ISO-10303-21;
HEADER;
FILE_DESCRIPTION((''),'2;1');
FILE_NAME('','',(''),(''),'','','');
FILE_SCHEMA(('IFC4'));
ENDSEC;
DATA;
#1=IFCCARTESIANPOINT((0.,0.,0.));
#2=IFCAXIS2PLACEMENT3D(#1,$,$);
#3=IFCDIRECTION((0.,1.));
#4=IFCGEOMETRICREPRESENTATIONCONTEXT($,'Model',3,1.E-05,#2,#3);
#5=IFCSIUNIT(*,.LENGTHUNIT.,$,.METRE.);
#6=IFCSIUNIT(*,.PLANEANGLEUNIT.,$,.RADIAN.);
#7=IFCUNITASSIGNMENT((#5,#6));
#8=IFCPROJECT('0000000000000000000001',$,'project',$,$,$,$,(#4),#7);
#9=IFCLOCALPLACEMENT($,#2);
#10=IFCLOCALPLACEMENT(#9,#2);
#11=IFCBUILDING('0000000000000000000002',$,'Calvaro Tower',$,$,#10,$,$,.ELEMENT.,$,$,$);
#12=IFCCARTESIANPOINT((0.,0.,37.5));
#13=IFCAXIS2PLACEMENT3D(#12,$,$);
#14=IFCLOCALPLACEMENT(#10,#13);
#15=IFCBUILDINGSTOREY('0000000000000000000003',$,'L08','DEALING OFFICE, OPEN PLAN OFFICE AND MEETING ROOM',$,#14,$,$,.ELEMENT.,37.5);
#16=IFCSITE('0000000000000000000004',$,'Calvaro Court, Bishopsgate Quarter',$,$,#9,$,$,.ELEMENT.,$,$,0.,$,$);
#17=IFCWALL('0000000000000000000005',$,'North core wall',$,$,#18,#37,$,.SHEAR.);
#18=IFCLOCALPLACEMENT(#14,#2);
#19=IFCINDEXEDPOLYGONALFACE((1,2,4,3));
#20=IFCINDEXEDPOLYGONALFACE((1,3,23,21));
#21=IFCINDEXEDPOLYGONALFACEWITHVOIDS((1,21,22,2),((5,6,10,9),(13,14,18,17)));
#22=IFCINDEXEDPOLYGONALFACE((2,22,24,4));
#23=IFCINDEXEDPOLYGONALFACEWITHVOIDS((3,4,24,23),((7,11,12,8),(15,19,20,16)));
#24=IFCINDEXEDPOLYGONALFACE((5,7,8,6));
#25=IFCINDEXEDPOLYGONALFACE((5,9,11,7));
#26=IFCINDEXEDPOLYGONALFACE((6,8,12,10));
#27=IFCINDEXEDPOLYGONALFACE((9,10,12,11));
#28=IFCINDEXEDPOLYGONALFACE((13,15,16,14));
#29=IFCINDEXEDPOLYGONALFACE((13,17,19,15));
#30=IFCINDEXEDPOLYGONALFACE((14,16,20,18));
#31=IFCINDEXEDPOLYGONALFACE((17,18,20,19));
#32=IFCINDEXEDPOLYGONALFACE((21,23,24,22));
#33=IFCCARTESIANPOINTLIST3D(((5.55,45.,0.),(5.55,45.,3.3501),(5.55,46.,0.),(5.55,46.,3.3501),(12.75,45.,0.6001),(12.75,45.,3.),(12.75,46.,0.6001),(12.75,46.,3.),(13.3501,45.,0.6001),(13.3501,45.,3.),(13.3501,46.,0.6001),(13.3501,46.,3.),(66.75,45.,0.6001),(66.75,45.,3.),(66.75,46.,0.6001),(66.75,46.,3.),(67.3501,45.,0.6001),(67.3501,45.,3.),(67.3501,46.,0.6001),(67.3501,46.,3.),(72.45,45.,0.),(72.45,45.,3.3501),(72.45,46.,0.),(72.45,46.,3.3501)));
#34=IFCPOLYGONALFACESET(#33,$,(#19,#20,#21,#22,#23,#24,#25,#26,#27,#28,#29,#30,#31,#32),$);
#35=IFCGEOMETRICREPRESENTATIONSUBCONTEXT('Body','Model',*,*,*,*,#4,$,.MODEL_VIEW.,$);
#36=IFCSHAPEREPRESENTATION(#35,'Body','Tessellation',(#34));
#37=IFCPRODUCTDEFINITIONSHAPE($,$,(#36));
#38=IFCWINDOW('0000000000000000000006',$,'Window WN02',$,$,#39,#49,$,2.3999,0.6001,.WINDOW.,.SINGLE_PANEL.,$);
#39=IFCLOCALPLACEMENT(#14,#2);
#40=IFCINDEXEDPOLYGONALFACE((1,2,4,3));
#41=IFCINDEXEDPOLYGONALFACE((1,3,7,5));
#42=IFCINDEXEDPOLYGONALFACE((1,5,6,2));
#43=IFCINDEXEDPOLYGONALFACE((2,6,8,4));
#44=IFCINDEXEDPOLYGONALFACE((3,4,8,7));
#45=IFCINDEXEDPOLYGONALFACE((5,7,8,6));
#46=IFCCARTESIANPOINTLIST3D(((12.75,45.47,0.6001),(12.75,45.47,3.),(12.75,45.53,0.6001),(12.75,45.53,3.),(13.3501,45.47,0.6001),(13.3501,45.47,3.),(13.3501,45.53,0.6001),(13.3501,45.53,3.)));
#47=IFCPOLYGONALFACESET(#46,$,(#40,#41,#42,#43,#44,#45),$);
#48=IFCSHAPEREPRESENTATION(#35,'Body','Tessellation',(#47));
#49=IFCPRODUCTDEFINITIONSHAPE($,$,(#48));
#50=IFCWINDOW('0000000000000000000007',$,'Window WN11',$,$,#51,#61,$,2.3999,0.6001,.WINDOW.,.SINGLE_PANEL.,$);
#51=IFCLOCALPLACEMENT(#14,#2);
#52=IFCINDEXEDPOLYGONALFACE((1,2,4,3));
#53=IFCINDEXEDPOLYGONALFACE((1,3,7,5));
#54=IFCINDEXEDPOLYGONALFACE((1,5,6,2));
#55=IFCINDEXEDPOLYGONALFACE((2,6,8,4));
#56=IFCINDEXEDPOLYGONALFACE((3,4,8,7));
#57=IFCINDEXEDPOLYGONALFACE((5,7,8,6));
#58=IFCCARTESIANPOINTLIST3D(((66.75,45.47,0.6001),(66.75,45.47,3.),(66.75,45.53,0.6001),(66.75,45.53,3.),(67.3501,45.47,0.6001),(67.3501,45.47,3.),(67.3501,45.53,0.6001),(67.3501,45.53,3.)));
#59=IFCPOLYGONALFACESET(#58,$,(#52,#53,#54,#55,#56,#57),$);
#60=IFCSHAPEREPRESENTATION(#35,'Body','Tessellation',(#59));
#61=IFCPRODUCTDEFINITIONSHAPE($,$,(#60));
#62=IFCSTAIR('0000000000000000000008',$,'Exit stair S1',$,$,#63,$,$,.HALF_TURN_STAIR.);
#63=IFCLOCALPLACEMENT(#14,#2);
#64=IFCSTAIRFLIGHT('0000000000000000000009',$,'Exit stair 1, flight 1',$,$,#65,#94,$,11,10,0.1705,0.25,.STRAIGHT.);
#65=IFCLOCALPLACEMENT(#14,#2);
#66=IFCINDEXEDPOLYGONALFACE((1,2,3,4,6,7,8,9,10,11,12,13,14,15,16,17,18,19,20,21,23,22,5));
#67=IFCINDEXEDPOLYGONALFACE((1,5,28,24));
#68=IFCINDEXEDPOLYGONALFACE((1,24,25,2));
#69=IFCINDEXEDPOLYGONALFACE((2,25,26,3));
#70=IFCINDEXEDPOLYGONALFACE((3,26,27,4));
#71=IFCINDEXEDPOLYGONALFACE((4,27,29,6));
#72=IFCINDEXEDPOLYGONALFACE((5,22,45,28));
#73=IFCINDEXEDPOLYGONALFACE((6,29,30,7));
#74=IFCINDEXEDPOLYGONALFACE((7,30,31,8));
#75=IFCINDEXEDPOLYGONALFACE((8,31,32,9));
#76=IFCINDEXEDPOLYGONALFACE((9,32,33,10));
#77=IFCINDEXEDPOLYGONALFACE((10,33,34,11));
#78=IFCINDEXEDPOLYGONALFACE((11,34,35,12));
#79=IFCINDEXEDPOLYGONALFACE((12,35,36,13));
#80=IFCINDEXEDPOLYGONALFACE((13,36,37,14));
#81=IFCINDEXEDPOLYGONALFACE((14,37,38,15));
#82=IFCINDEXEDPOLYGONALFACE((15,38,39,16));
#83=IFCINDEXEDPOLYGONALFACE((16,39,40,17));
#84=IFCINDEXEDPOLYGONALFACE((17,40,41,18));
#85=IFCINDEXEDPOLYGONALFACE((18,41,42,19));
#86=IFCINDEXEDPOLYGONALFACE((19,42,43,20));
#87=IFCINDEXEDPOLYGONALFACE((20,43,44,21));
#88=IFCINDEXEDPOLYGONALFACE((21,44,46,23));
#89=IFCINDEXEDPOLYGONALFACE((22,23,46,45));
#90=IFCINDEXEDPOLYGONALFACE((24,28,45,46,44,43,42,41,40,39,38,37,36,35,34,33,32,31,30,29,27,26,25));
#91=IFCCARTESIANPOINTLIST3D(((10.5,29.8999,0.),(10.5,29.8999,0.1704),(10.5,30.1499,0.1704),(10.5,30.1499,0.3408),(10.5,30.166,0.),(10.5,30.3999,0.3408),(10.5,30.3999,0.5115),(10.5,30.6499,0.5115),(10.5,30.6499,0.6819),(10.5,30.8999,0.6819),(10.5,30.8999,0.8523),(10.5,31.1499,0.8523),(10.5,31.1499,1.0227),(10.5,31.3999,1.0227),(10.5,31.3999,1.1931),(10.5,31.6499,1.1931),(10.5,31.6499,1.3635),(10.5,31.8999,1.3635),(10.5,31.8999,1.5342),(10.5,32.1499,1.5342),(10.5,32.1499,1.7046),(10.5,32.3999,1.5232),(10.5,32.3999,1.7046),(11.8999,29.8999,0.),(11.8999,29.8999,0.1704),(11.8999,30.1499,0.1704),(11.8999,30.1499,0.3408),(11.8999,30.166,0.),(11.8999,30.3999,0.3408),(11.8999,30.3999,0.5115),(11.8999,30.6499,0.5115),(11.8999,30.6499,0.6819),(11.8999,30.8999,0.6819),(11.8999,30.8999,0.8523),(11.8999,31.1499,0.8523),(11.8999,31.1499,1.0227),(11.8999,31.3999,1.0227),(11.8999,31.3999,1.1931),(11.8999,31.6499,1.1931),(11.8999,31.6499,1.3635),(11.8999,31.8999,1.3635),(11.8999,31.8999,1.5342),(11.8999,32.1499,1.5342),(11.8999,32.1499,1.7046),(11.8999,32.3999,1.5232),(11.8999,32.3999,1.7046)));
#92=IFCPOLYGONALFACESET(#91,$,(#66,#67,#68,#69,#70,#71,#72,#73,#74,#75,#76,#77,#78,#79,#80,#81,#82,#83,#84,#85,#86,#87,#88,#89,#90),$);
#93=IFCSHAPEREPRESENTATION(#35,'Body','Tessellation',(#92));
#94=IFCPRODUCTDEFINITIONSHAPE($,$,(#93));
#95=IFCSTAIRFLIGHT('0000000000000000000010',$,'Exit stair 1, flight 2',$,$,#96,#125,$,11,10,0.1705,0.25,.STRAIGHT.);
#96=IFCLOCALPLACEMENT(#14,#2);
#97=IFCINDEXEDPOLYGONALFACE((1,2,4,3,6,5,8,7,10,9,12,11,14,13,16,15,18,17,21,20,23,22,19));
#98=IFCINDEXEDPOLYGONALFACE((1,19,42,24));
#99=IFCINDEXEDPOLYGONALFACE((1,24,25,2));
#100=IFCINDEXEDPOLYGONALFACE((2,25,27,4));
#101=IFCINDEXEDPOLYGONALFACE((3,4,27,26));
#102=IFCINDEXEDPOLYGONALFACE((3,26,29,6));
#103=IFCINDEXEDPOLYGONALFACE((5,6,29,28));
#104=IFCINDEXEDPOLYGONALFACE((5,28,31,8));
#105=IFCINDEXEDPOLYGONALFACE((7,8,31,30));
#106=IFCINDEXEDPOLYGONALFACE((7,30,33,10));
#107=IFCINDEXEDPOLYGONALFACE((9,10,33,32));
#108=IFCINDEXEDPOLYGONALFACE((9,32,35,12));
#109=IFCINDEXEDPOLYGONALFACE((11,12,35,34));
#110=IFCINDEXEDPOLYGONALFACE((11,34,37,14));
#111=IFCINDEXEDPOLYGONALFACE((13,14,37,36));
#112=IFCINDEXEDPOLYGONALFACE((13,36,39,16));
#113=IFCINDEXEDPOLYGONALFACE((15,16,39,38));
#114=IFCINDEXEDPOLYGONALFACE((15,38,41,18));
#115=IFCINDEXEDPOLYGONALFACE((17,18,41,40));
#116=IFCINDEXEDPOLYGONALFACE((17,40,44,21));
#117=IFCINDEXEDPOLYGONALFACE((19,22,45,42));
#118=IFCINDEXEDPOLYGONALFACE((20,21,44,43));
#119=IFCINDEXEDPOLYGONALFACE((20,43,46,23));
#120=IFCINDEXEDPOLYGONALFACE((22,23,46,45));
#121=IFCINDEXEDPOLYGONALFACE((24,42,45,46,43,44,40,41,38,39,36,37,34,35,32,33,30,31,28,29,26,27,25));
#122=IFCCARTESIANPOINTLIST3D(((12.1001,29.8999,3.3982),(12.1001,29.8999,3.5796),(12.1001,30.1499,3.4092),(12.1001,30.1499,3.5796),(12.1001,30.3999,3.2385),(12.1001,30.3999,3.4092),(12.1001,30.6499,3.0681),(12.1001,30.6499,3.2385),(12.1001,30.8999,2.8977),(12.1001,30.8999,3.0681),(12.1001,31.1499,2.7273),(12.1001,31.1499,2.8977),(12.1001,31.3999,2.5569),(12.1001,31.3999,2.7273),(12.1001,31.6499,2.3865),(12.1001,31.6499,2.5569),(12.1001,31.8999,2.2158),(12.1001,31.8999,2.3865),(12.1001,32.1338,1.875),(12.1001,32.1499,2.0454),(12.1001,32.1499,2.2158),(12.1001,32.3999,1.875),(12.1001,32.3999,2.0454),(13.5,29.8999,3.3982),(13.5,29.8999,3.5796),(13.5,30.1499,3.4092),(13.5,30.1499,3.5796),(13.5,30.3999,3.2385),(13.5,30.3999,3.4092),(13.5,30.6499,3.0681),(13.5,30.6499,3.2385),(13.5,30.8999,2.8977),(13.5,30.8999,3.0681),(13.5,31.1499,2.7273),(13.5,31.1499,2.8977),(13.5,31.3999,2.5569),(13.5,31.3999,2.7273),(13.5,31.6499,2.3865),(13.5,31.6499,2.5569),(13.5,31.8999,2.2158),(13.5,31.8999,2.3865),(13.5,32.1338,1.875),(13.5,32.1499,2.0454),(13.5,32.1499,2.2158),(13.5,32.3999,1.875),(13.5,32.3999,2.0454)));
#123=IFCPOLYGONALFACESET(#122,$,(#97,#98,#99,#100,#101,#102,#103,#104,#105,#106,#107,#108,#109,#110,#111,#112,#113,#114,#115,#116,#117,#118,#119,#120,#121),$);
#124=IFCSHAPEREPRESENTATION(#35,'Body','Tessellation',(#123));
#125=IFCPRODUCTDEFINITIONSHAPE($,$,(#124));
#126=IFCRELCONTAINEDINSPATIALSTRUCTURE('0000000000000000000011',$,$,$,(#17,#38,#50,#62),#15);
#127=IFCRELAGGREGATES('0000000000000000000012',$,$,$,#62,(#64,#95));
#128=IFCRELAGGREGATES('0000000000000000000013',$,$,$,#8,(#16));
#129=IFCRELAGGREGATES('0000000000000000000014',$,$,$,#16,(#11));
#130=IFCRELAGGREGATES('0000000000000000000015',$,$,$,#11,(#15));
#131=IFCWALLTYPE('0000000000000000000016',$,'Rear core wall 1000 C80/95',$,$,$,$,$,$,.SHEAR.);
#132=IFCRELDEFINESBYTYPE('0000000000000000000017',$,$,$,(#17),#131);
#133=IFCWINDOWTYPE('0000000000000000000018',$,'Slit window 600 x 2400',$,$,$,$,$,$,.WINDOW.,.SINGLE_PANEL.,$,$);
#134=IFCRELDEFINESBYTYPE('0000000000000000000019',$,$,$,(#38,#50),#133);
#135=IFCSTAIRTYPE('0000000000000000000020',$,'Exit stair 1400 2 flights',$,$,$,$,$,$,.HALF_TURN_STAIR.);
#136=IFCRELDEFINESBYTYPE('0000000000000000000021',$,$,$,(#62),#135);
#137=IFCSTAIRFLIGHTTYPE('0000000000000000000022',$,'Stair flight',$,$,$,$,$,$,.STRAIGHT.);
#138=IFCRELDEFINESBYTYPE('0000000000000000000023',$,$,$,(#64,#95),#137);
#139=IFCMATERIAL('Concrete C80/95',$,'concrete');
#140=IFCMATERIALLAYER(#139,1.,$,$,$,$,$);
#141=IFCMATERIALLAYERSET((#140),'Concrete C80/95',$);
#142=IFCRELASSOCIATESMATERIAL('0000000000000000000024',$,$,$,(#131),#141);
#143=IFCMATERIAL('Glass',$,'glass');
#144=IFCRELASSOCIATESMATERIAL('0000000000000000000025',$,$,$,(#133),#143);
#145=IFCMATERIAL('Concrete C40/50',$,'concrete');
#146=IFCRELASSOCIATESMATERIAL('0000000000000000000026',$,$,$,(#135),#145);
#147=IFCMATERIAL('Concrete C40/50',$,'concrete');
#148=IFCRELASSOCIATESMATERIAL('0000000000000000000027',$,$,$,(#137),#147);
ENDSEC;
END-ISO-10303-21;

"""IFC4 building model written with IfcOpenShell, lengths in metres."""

from ifc_helpers import new_model, si_unit, direction, frame, frame_2d, origin, place, context, subcontext, project, spatial, polyline, rectangle, outline, extrude, material, layer, layer_set, type_object, element, fill, aggregate, save


model = new_model("IFC4")

# Units and contexts
model_context = context("Model", 3, precision=1e-05, world=origin(), true_north=direction((0.0, 1.0)))
body_context = subcontext(model_context, "Body", "Model", "MODEL_VIEW")
ifc_project = project(units=[si_unit("LENGTHUNIT", "METRE"), si_unit("PLANEANGLEUNIT", "RADIAN")], contexts=[model_context])

# Site, building, storey
site_placement = place(None, origin())
site = spatial("IfcSite", under=ifc_project, at=site_placement, Name="Calvaro Court, Bishopsgate Quarter", CompositionType="ELEMENT", RefElevation=0.0)
building_placement = place(site_placement, origin())
building = spatial("IfcBuilding", under=site, at=building_placement, Name="Calvaro Tower", CompositionType="ELEMENT")
storey_placement = place(building_placement, frame((0.0, 0.0, 37.5)))
storey = spatial("IfcBuildingStorey", under=building, at=storey_placement, Name="L08", Description="DEALING OFFICE, OPEN PLAN OFFICE AND MEETING ROOM", CompositionType="ELEMENT", Elevation=37.5)

# Wall, openings, windows
ifc_material_1 = material(Name="Concrete C80/95", Category="concrete")
ifc_layer_1 = layer(ifc_material_1, 1.0)
ifc_layer_set_1 = layer_set([ifc_layer_1], Name="Concrete C80/95")
wall_type_1 = type_object("IfcWallType", Name="Rear core wall 1000 C80/95", PredefinedType="SHEAR", material=ifc_layer_set_1)
wall_1_placement = place(storey_placement, frame((5.55, 45.5, 0.0), z_axis=(0.0, 0.0, 1.0), x_axis=(1.0, 0.0, 0.0)))
wall_1 = element("IfcWall", 1, at=wall_1_placement, inside=storey, type_object=wall_type_1, Name="North core wall", PredefinedType="SHEAR", context=body_context, shape_type="SweptSolid", body=[
    extrude(rectangle(XDim=66.8999, YDim=1.0, at=frame_2d((33.45, 0.0))), origin(), (0.0, 0.0, 1.0), 3.3501),
])
opening_1_placement = place(wall_1_placement, frame((7.2, 0.0, 0.6001)))
opening_1 = element("IfcOpeningElement", 2, at=opening_1_placement, cuts=wall_1, PredefinedType="OPENING", context=body_context, shape_type="SweptSolid", body=[
    extrude(rectangle(XDim=0.6001, YDim=2.3999, at=frame_2d((0.3, 1.2))), frame((0.0, 0.51, 0.0), z_axis=(0.0, -1.0, 0.0), x_axis=(1.0, 0.0, 0.0)), (0.0, 0.0, 1.0), 1.02),
])
opening_2_placement = place(wall_1_placement, frame((61.2, 0.0, 0.6001)))
opening_2 = element("IfcOpeningElement", 3, at=opening_2_placement, cuts=wall_1, PredefinedType="OPENING", context=body_context, shape_type="SweptSolid", body=[
    extrude(rectangle(XDim=0.6001, YDim=2.3999, at=frame_2d((0.3, 1.2))), frame((0.0, 0.51, 0.0), z_axis=(0.0, -1.0, 0.0), x_axis=(1.0, 0.0, 0.0)), (0.0, 0.0, 1.0), 1.02),
])
ifc_material_2 = material(Name="Glass", Category="glass")
window_type = type_object("IfcWindowType", Name="Slit window 600 x 2400", PartitioningType="SINGLE_PANEL", PredefinedType="WINDOW", material=ifc_material_2)
window_1_placement = place(opening_1_placement, origin())
window_1 = element("IfcWindow", 4, at=window_1_placement, inside=storey, type_object=window_type, Name="Window WN02", OverallHeight=2.3999, OverallWidth=0.6001, PartitioningType="SINGLE_PANEL", PredefinedType="WINDOW", context=body_context, shape_type="SweptSolid", body=[
    extrude(rectangle(XDim=0.6001, YDim=2.3999, at=frame_2d((0.3, 1.2))), frame((0.0, 0.03, 0.0), z_axis=(0.0, -1.0, 0.0), x_axis=(1.0, 0.0, 0.0)), (0.0, 0.0, 1.0), 0.0601),
])
fill(opening_1, window_1)
window_2_placement = place(opening_2_placement, origin())
window_2 = element("IfcWindow", 5, at=window_2_placement, inside=storey, type_object=window_type, Name="Window WN11", OverallHeight=2.3999, OverallWidth=0.6001, PartitioningType="SINGLE_PANEL", PredefinedType="WINDOW", context=body_context, shape_type="SweptSolid", body=[
    extrude(rectangle(XDim=0.6001, YDim=2.3999, at=frame_2d((0.3, 1.2))), frame((0.0, 0.03, 0.0), z_axis=(0.0, -1.0, 0.0), x_axis=(1.0, 0.0, 0.0)), (0.0, 0.0, 1.0), 0.0601),
])
fill(opening_2, window_2)

# Stair, stair flights
ifc_material_3 = material(Name="Concrete C40/50", Category="concrete")
stair_type = type_object("IfcStairType", Name="Exit stair 1400 2 flights", PredefinedType="HALF_TURN_STAIR", material=ifc_material_3)
stair_placement = place(storey_placement, origin())
stair = element("IfcStair", 6, at=stair_placement, inside=storey, type_object=stair_type, Name="Exit stair S1", PredefinedType="HALF_TURN_STAIR")
ifc_material_4 = material(Name="Concrete C40/50", Category="concrete")
stair_flight_type = type_object("IfcStairFlightType", Name="Stair flight", PredefinedType="STRAIGHT", material=ifc_material_4)
stair_flight_1_placement = place(storey_placement, frame((11.2, 29.8999, 0.0), z_axis=(0.0, 0.0, 1.0), x_axis=(0.0, 1.0, 0.0)))
stair_flight_1 = element("IfcStairFlight", 7, at=stair_flight_1_placement, type_object=stair_flight_type, Name="Exit stair 1, flight 1", NumberOfRisers=11, NumberOfTreads=10, PredefinedType="STRAIGHT", RiserHeight=0.1705, TreadLength=0.25, context=body_context, shape_type="SweptSolid", body=[
    extrude(outline(polyline([(0.0, 0.0), (0.0, 0.1704), (0.25, 0.1704), (0.25, 0.3408), (0.5, 0.3408), (0.5, 0.5115), (0.75, 0.5115), (0.75, 0.6819), (1.0, 0.6819), (1.0, 0.8523), (1.25, 0.8523), (1.25, 1.0227), (1.5, 1.0227), (1.5, 1.1931), (1.75, 1.1931), (1.75, 1.3635), (2.0, 1.3635), (2.0, 1.5342), (2.25, 1.5342), (2.25, 1.7046), (2.5, 1.7046), (2.5, 1.875), (2.5, 1.5232), (0.2661, 0.0), (0.0, 0.0)])), frame((0.0, 0.7, 0.0), z_axis=(0.0, -1.0, 0.0), x_axis=(1.0, 0.0, 0.0)), (0.0, 0.0, 1.0), 1.3999),
])
stair_flight_2_placement = place(storey_placement, frame((12.8, 32.3999, 1.875), z_axis=(0.0, 0.0, 1.0), x_axis=(0.0, -1.0, 0.0)))
stair_flight_2 = element("IfcStairFlight", 8, at=stair_flight_2_placement, type_object=stair_flight_type, Name="Exit stair 1, flight 2", NumberOfRisers=11, NumberOfTreads=10, PredefinedType="STRAIGHT", RiserHeight=0.1705, TreadLength=0.25, context=body_context, shape_type="SweptSolid", body=[
    extrude(outline(polyline([(0.0, 0.0), (0.0, 0.1704), (0.25, 0.1704), (0.25, 0.3408), (0.5, 0.3408), (0.5, 0.5115), (0.75, 0.5115), (0.75, 0.6819), (1.0, 0.6819), (1.0, 0.8523), (1.25, 0.8523), (1.25, 1.0227), (1.5, 1.0227), (1.5, 1.1931), (1.75, 1.1931), (1.75, 1.3635), (2.0, 1.3635), (2.0, 1.5342), (2.25, 1.5342), (2.25, 1.7046), (2.5, 1.7046), (2.5, 1.875), (2.5, 1.5232), (0.2661, 0.0), (0.0, 0.0)])), frame((0.0, 0.7, 0.0), z_axis=(0.0, -1.0, 0.0), x_axis=(1.0, 0.0, 0.0)), (0.0, 0.0, 1.0), 1.3999),
])
aggregate(stair, [stair_flight_1, stair_flight_2])

save(model, "model.ifc")
